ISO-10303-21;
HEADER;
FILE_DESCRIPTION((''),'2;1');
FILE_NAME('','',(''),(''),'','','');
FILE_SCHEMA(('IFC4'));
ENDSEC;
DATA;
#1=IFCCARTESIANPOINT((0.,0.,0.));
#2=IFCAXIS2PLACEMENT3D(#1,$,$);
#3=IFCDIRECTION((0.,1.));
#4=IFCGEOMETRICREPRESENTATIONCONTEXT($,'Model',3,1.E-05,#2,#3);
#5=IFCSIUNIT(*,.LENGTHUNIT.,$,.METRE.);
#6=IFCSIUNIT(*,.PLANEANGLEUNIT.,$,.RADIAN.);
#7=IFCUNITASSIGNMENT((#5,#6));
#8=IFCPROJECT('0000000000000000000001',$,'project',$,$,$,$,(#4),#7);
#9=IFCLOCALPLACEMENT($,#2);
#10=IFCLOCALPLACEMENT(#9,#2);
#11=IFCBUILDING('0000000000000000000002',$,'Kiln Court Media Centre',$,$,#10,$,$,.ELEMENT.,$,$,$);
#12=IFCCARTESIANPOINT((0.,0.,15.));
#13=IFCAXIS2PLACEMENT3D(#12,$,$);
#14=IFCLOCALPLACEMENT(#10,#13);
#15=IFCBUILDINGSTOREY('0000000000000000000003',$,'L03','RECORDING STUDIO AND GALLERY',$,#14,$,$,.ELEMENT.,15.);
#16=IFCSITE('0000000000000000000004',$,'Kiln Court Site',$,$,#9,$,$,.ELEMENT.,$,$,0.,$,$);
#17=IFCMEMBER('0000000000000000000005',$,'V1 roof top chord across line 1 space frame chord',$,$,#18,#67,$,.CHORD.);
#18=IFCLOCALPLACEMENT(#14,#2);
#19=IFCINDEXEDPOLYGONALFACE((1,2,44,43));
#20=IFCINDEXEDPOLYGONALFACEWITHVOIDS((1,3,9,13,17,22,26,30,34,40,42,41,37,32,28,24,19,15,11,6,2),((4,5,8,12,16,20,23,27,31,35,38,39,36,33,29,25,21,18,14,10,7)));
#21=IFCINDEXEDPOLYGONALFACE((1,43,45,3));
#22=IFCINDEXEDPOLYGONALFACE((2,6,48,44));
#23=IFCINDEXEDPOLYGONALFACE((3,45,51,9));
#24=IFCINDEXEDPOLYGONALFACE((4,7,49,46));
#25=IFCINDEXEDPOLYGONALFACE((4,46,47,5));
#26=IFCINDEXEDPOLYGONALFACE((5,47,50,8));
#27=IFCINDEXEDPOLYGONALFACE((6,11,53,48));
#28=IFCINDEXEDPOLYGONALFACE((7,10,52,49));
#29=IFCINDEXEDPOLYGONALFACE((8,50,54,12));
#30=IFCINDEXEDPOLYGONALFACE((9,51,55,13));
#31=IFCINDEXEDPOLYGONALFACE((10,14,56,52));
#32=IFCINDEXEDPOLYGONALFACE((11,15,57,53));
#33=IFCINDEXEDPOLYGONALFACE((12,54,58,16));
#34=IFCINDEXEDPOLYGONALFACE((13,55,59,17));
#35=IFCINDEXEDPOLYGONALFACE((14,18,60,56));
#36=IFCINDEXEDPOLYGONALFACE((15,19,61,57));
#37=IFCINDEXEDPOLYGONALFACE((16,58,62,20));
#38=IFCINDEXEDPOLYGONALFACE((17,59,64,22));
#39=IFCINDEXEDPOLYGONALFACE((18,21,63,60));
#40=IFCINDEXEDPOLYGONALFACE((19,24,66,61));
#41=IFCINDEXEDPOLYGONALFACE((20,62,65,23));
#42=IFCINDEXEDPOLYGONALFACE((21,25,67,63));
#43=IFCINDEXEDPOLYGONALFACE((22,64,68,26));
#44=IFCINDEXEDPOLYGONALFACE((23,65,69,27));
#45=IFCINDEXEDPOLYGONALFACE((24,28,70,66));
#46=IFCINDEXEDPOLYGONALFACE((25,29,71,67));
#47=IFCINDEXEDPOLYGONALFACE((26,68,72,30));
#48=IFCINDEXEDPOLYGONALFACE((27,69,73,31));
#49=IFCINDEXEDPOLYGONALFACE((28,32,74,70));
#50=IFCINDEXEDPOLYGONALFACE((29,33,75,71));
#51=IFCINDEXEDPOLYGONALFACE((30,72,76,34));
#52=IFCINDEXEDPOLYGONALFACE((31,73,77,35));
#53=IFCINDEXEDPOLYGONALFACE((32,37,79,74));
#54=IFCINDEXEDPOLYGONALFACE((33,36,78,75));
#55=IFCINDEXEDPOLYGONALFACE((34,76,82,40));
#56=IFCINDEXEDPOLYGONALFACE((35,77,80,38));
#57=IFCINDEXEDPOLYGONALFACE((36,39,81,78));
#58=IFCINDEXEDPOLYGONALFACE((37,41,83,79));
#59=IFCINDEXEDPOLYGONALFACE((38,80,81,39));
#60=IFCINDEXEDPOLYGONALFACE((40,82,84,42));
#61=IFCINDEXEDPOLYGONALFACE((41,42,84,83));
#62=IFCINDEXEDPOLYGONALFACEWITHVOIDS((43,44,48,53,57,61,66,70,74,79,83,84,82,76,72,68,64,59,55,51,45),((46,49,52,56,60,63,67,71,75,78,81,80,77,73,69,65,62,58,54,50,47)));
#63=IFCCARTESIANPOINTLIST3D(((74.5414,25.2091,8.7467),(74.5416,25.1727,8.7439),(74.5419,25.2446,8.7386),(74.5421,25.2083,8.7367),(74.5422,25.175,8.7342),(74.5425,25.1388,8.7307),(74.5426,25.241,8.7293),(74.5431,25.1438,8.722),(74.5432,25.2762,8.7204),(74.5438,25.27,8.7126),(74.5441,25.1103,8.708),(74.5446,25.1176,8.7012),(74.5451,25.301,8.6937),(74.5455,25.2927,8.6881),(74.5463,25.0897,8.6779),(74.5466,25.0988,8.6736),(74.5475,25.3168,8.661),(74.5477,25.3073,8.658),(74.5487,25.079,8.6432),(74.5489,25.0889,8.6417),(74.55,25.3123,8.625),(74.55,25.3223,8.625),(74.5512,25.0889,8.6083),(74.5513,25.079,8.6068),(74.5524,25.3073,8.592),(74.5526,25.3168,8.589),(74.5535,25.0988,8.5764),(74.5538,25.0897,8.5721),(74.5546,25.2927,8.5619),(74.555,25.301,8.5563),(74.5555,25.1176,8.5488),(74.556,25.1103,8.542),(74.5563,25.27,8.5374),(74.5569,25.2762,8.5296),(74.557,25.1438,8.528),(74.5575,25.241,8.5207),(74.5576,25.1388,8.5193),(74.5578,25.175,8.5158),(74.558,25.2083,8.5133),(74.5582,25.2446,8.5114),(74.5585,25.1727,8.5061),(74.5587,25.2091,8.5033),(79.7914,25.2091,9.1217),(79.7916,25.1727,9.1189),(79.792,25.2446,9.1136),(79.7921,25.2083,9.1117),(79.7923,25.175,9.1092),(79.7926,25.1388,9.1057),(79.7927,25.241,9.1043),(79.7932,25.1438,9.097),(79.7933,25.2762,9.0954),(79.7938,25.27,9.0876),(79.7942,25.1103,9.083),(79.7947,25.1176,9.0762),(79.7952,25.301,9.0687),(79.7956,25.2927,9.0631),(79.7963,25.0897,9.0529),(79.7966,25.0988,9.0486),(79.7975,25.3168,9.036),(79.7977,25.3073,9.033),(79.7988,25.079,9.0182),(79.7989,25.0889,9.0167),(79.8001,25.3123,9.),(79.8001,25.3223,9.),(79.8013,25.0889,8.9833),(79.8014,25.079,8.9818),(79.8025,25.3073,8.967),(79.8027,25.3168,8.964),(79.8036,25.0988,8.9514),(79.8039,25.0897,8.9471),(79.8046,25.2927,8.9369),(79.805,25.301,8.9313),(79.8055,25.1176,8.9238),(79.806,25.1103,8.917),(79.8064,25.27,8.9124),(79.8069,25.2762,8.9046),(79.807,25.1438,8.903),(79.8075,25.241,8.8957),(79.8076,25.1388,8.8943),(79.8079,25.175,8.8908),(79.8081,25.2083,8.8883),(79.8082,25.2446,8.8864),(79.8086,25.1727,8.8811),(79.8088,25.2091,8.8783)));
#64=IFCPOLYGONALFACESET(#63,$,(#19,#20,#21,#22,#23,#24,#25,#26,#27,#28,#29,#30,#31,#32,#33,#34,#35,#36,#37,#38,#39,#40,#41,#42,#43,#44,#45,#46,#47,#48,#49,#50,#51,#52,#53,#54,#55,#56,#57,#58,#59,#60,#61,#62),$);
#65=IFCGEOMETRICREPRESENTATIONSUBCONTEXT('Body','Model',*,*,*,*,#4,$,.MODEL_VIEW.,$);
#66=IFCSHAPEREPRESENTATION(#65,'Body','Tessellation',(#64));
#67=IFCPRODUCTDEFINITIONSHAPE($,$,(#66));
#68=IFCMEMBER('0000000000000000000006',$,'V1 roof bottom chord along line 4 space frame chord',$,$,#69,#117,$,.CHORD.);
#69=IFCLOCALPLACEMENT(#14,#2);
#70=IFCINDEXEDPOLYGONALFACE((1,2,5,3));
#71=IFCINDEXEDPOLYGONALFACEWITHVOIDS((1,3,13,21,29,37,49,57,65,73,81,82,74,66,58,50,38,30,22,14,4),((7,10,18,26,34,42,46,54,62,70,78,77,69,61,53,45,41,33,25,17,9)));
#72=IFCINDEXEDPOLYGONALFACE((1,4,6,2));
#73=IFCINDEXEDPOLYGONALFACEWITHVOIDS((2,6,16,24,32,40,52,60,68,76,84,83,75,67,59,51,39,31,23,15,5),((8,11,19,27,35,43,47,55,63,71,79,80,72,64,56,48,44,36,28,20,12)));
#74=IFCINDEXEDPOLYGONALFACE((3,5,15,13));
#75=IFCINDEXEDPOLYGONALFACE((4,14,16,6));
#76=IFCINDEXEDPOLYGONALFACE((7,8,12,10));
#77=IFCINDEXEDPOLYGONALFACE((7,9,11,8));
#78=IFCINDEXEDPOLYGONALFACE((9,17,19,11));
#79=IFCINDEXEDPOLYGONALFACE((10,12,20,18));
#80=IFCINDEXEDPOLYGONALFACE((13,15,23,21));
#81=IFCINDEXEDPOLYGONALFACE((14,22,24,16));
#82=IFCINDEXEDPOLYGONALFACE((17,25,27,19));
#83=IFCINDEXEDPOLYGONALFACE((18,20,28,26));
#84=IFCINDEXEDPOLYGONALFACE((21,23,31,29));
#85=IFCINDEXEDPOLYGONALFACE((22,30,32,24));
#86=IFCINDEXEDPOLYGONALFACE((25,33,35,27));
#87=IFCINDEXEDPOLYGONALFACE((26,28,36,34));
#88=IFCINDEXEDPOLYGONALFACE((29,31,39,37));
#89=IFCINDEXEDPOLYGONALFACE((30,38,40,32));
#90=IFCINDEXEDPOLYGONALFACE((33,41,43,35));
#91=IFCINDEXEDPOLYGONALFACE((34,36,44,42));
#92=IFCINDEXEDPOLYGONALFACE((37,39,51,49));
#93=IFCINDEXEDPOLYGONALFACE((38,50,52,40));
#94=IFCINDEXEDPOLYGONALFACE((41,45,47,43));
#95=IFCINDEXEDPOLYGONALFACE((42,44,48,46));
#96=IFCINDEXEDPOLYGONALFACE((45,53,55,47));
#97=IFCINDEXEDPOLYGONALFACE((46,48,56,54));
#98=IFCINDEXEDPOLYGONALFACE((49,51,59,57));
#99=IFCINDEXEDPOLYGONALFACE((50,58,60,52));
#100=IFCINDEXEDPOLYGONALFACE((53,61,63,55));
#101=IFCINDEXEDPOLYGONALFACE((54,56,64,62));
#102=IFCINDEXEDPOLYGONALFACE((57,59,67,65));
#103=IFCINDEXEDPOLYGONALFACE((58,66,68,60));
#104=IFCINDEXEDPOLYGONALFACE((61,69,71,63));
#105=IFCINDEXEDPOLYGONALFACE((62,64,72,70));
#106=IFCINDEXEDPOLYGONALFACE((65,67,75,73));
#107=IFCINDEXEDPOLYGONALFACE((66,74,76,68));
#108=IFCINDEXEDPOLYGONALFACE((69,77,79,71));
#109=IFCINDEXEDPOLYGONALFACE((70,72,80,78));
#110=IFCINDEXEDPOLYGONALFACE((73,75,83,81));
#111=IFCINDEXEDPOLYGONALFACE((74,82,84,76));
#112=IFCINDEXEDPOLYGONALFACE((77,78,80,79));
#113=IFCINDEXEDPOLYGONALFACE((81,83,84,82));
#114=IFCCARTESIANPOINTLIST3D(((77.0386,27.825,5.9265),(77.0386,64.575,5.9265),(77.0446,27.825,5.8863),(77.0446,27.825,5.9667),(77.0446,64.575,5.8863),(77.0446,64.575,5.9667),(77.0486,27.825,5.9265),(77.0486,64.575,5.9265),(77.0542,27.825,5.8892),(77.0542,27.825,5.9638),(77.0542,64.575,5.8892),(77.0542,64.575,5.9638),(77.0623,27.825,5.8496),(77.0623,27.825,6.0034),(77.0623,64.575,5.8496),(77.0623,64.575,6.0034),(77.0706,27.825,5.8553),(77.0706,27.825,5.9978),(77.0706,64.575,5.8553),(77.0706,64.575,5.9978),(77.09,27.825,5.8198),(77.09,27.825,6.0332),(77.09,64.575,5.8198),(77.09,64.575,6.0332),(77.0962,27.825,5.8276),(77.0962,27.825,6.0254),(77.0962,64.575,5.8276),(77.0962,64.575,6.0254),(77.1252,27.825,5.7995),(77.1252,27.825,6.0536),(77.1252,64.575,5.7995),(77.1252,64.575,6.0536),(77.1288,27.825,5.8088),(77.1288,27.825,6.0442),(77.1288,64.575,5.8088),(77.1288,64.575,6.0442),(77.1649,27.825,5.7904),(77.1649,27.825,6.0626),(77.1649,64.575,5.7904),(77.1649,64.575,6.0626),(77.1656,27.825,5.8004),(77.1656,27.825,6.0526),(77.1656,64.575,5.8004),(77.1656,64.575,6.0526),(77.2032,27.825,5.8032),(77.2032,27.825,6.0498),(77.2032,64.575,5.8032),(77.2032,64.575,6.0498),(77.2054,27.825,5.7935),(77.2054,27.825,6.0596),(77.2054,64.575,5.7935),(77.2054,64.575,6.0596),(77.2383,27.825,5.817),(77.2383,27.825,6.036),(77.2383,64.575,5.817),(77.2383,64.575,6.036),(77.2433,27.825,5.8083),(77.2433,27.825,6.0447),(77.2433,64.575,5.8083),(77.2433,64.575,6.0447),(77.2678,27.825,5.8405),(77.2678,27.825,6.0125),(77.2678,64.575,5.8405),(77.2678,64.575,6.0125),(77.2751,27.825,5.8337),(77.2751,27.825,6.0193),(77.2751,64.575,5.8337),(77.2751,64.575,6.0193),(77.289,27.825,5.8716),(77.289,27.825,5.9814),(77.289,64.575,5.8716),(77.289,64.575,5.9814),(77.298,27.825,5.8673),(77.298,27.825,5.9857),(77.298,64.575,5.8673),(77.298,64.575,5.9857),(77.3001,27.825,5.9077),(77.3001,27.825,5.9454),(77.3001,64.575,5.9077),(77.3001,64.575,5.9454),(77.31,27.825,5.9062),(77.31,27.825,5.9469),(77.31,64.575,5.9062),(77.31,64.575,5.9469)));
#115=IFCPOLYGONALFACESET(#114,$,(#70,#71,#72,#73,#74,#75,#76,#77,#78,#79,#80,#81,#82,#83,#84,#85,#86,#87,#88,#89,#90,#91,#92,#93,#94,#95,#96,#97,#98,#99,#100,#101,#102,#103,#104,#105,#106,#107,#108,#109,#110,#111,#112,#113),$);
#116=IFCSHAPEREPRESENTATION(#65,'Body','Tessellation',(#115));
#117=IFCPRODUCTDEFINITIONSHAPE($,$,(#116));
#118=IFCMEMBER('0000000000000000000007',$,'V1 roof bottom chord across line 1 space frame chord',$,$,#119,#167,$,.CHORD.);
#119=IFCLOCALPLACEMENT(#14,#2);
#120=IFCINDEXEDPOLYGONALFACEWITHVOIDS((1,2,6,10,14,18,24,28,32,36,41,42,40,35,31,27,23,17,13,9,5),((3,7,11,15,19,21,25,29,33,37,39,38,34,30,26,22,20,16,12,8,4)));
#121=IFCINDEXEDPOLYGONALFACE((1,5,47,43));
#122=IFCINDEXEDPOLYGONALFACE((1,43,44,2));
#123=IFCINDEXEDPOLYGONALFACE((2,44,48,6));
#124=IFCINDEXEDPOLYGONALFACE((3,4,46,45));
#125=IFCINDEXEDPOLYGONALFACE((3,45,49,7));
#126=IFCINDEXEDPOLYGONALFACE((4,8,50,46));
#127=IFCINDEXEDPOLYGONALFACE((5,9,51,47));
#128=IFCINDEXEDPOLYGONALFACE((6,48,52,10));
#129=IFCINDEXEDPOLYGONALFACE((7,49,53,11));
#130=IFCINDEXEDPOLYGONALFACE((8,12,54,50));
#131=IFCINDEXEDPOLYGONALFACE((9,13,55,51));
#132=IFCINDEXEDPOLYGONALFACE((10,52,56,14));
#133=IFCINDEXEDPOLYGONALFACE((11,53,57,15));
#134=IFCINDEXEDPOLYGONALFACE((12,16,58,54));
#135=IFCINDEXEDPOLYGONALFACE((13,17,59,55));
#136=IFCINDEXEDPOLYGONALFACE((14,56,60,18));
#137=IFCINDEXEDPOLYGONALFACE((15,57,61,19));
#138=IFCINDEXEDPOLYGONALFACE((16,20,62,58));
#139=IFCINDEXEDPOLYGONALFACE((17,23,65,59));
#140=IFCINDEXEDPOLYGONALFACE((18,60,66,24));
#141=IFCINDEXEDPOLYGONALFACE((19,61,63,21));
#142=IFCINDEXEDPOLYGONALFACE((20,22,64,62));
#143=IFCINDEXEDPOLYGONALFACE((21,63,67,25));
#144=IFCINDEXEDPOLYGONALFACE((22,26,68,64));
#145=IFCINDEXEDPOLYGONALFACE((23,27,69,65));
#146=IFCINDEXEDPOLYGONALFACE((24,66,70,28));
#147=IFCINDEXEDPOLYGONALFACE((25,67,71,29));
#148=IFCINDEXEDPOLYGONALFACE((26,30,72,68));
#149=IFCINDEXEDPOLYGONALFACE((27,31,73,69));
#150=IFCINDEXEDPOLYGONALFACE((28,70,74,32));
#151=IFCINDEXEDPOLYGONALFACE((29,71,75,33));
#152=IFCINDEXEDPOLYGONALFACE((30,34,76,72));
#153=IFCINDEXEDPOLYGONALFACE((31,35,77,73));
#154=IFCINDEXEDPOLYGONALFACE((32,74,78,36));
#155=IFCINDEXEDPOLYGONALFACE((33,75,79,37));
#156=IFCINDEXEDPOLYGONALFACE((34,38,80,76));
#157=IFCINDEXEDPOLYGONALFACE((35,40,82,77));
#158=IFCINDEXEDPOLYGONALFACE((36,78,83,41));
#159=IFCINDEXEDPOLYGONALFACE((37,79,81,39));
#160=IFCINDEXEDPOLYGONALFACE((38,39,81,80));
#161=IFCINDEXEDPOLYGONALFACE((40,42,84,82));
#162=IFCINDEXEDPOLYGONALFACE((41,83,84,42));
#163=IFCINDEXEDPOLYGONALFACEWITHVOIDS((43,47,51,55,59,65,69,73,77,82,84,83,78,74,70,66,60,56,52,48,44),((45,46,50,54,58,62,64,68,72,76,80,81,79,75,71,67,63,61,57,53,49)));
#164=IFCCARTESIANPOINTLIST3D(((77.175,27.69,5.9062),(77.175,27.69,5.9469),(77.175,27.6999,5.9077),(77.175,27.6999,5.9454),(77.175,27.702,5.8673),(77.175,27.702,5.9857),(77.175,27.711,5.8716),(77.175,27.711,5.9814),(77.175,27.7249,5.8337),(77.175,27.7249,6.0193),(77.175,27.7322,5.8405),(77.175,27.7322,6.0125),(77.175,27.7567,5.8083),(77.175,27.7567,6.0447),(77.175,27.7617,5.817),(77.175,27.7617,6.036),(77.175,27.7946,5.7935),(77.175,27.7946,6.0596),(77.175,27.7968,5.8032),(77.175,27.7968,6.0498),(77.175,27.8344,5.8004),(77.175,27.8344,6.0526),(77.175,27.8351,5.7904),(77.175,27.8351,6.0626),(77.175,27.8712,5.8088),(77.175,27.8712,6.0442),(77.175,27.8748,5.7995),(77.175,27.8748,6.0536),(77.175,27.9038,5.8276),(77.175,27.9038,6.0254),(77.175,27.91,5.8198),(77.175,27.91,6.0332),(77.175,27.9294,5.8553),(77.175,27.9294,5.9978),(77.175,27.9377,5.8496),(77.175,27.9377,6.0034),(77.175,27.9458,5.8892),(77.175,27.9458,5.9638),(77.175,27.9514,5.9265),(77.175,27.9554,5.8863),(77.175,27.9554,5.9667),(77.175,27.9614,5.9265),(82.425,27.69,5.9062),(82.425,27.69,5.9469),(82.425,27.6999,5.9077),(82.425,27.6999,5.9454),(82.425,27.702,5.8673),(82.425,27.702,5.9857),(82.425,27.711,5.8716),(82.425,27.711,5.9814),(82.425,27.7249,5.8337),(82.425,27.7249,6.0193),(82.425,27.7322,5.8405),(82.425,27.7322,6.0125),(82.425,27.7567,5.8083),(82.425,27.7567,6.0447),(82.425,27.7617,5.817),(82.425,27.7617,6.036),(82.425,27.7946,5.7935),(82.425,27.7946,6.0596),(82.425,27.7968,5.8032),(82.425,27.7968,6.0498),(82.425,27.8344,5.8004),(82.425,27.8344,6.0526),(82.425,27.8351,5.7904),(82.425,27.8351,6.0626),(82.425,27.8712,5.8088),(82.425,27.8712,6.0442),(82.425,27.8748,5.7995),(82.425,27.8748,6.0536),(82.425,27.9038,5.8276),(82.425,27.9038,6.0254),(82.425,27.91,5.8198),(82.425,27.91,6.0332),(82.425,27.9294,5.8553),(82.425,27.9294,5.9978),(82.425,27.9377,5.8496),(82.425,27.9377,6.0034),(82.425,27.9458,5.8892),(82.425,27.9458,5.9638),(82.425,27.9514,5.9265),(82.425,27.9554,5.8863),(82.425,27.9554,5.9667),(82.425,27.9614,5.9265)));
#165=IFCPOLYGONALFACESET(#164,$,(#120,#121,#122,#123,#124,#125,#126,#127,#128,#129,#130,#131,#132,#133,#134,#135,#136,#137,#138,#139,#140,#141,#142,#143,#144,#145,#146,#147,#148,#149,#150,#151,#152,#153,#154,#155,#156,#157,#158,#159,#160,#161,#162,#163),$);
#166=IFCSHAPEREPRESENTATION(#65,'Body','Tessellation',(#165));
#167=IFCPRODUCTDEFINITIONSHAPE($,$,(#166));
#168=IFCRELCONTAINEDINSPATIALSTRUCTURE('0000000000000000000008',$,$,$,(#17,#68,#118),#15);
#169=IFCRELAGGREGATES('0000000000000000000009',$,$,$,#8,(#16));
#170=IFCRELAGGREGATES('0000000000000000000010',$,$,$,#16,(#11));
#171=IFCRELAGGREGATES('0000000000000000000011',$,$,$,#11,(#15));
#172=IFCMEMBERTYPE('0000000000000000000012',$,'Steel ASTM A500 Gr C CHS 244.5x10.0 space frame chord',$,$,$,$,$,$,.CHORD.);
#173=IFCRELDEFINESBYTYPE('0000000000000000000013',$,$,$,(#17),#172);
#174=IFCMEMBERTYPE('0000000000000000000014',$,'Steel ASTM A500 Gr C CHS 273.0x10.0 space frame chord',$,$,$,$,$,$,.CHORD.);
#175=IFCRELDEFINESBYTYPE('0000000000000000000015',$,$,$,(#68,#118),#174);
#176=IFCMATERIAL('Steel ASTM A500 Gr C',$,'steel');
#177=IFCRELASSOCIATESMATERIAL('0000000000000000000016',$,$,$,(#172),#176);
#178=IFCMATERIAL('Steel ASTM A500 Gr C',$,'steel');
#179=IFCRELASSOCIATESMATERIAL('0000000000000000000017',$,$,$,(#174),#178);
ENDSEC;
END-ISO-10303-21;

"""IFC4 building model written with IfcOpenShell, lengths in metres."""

from ifc_helpers import new_model, si_unit, direction, frame, origin, origin_2d, place, context, subcontext, project, spatial, hollow_circle, extrude, material, material_profile, profile_set, type_object, element, save


model = new_model("IFC4")

# Units and contexts
model_context = context("Model", 3, precision=1e-05, world=origin(), true_north=direction((0.0, 1.0)))
body_context = subcontext(model_context, "Body", "Model", "MODEL_VIEW")
ifc_project = project(units=[si_unit("LENGTHUNIT", "METRE"), si_unit("PLANEANGLEUNIT", "RADIAN")], contexts=[model_context])

# Site, building, storey
site_placement = place(None, origin())
site = spatial("IfcSite", under=ifc_project, at=site_placement, Name="Kiln Court Site", CompositionType="ELEMENT", RefElevation=0.0)
building_placement = place(site_placement, origin())
building = spatial("IfcBuilding", under=site, at=building_placement, Name="Kiln Court Media Centre", CompositionType="ELEMENT")
storey_placement = place(building_placement, frame((0.0, 0.0, 15.0)))
storey = spatial("IfcBuildingStorey", under=building, at=storey_placement, Name="L03", Description="RECORDING STUDIO AND GALLERY", CompositionType="ELEMENT", Elevation=15.0)

# Members
ifc_material_1 = material(Name="Steel ASTM A500 Gr C", Category="steel")
ifc_material_profile_1 = material_profile(ifc_material_1, hollow_circle(Radius=0.1223, WallThickness=0.01, at=origin_2d()), Name="CHS 244.5x10.0")
ifc_profile_set_1 = profile_set([ifc_material_profile_1], Name="Steel ASTM A500 Gr C")
member_type_1 = type_object("IfcMemberType", Name="Steel ASTM A500 Gr C CHS 244.5x10.0 space frame chord", PredefinedType="CHORD", material=ifc_profile_set_1)
member_1_placement = place(storey_placement, frame((74.55, 25.2, 8.625), z_axis=(0.997459, 0.0, 0.071247), x_axis=(0.0, 1.0, 0.0)))
element("IfcMember", 1, at=member_1_placement, inside=storey, type_object=member_type_1, Name="V1 roof top chord across line 1 space frame chord", PredefinedType="CHORD", context=body_context, shape_type="SweptSolid", body=[
    extrude(hollow_circle(Radius=0.1223, WallThickness=0.01, at=origin_2d()), origin(), (0.0, 0.0, 1.0), 5.2634),
])
ifc_material_2 = material(Name="Steel ASTM A500 Gr C", Category="steel")
ifc_material_profile_2 = material_profile(ifc_material_2, hollow_circle(Radius=0.1365, WallThickness=0.01, at=origin_2d()), Name="CHS 273.0x10.0")
ifc_profile_set_2 = profile_set([ifc_material_profile_2], Name="Steel ASTM A500 Gr C")
member_type_2 = type_object("IfcMemberType", Name="Steel ASTM A500 Gr C CHS 273.0x10.0 space frame chord", PredefinedType="CHORD", material=ifc_profile_set_2)
member_2_placement = place(storey_placement, frame((77.175, 27.825, 5.9265), z_axis=(0.0, 1.0, 0.0), x_axis=(-1.0, 0.0, 0.0)))
element("IfcMember", 2, at=member_2_placement, inside=storey, type_object=member_type_2, Name="V1 roof bottom chord along line 4 space frame chord", PredefinedType="CHORD", context=body_context, shape_type="SweptSolid", body=[
    extrude(hollow_circle(Radius=0.1365, WallThickness=0.01, at=origin_2d()), origin(), (0.0, 0.0, 1.0), 36.75),
])
for number, where, z_axis, x_axis, name in (
    (3, (77.175, 27.825, 5.9265), (1.0, 0.0, 0.0), (0.0, 1.0, 0.0), "V1 roof bottom chord across line 1 space frame chord"),
):
    element("IfcMember", number, at=place(storey_placement, frame(where, z_axis=z_axis, x_axis=x_axis)), inside=storey, type_object=member_type_2, Name=name, PredefinedType="CHORD", context=body_context, shape_type="SweptSolid", body=[
        extrude(hollow_circle(Radius=0.1365, WallThickness=0.01, at=origin_2d()), origin(), (0.0, 0.0, 1.0), 5.25),
    ])

save(model, "model.ifc")
